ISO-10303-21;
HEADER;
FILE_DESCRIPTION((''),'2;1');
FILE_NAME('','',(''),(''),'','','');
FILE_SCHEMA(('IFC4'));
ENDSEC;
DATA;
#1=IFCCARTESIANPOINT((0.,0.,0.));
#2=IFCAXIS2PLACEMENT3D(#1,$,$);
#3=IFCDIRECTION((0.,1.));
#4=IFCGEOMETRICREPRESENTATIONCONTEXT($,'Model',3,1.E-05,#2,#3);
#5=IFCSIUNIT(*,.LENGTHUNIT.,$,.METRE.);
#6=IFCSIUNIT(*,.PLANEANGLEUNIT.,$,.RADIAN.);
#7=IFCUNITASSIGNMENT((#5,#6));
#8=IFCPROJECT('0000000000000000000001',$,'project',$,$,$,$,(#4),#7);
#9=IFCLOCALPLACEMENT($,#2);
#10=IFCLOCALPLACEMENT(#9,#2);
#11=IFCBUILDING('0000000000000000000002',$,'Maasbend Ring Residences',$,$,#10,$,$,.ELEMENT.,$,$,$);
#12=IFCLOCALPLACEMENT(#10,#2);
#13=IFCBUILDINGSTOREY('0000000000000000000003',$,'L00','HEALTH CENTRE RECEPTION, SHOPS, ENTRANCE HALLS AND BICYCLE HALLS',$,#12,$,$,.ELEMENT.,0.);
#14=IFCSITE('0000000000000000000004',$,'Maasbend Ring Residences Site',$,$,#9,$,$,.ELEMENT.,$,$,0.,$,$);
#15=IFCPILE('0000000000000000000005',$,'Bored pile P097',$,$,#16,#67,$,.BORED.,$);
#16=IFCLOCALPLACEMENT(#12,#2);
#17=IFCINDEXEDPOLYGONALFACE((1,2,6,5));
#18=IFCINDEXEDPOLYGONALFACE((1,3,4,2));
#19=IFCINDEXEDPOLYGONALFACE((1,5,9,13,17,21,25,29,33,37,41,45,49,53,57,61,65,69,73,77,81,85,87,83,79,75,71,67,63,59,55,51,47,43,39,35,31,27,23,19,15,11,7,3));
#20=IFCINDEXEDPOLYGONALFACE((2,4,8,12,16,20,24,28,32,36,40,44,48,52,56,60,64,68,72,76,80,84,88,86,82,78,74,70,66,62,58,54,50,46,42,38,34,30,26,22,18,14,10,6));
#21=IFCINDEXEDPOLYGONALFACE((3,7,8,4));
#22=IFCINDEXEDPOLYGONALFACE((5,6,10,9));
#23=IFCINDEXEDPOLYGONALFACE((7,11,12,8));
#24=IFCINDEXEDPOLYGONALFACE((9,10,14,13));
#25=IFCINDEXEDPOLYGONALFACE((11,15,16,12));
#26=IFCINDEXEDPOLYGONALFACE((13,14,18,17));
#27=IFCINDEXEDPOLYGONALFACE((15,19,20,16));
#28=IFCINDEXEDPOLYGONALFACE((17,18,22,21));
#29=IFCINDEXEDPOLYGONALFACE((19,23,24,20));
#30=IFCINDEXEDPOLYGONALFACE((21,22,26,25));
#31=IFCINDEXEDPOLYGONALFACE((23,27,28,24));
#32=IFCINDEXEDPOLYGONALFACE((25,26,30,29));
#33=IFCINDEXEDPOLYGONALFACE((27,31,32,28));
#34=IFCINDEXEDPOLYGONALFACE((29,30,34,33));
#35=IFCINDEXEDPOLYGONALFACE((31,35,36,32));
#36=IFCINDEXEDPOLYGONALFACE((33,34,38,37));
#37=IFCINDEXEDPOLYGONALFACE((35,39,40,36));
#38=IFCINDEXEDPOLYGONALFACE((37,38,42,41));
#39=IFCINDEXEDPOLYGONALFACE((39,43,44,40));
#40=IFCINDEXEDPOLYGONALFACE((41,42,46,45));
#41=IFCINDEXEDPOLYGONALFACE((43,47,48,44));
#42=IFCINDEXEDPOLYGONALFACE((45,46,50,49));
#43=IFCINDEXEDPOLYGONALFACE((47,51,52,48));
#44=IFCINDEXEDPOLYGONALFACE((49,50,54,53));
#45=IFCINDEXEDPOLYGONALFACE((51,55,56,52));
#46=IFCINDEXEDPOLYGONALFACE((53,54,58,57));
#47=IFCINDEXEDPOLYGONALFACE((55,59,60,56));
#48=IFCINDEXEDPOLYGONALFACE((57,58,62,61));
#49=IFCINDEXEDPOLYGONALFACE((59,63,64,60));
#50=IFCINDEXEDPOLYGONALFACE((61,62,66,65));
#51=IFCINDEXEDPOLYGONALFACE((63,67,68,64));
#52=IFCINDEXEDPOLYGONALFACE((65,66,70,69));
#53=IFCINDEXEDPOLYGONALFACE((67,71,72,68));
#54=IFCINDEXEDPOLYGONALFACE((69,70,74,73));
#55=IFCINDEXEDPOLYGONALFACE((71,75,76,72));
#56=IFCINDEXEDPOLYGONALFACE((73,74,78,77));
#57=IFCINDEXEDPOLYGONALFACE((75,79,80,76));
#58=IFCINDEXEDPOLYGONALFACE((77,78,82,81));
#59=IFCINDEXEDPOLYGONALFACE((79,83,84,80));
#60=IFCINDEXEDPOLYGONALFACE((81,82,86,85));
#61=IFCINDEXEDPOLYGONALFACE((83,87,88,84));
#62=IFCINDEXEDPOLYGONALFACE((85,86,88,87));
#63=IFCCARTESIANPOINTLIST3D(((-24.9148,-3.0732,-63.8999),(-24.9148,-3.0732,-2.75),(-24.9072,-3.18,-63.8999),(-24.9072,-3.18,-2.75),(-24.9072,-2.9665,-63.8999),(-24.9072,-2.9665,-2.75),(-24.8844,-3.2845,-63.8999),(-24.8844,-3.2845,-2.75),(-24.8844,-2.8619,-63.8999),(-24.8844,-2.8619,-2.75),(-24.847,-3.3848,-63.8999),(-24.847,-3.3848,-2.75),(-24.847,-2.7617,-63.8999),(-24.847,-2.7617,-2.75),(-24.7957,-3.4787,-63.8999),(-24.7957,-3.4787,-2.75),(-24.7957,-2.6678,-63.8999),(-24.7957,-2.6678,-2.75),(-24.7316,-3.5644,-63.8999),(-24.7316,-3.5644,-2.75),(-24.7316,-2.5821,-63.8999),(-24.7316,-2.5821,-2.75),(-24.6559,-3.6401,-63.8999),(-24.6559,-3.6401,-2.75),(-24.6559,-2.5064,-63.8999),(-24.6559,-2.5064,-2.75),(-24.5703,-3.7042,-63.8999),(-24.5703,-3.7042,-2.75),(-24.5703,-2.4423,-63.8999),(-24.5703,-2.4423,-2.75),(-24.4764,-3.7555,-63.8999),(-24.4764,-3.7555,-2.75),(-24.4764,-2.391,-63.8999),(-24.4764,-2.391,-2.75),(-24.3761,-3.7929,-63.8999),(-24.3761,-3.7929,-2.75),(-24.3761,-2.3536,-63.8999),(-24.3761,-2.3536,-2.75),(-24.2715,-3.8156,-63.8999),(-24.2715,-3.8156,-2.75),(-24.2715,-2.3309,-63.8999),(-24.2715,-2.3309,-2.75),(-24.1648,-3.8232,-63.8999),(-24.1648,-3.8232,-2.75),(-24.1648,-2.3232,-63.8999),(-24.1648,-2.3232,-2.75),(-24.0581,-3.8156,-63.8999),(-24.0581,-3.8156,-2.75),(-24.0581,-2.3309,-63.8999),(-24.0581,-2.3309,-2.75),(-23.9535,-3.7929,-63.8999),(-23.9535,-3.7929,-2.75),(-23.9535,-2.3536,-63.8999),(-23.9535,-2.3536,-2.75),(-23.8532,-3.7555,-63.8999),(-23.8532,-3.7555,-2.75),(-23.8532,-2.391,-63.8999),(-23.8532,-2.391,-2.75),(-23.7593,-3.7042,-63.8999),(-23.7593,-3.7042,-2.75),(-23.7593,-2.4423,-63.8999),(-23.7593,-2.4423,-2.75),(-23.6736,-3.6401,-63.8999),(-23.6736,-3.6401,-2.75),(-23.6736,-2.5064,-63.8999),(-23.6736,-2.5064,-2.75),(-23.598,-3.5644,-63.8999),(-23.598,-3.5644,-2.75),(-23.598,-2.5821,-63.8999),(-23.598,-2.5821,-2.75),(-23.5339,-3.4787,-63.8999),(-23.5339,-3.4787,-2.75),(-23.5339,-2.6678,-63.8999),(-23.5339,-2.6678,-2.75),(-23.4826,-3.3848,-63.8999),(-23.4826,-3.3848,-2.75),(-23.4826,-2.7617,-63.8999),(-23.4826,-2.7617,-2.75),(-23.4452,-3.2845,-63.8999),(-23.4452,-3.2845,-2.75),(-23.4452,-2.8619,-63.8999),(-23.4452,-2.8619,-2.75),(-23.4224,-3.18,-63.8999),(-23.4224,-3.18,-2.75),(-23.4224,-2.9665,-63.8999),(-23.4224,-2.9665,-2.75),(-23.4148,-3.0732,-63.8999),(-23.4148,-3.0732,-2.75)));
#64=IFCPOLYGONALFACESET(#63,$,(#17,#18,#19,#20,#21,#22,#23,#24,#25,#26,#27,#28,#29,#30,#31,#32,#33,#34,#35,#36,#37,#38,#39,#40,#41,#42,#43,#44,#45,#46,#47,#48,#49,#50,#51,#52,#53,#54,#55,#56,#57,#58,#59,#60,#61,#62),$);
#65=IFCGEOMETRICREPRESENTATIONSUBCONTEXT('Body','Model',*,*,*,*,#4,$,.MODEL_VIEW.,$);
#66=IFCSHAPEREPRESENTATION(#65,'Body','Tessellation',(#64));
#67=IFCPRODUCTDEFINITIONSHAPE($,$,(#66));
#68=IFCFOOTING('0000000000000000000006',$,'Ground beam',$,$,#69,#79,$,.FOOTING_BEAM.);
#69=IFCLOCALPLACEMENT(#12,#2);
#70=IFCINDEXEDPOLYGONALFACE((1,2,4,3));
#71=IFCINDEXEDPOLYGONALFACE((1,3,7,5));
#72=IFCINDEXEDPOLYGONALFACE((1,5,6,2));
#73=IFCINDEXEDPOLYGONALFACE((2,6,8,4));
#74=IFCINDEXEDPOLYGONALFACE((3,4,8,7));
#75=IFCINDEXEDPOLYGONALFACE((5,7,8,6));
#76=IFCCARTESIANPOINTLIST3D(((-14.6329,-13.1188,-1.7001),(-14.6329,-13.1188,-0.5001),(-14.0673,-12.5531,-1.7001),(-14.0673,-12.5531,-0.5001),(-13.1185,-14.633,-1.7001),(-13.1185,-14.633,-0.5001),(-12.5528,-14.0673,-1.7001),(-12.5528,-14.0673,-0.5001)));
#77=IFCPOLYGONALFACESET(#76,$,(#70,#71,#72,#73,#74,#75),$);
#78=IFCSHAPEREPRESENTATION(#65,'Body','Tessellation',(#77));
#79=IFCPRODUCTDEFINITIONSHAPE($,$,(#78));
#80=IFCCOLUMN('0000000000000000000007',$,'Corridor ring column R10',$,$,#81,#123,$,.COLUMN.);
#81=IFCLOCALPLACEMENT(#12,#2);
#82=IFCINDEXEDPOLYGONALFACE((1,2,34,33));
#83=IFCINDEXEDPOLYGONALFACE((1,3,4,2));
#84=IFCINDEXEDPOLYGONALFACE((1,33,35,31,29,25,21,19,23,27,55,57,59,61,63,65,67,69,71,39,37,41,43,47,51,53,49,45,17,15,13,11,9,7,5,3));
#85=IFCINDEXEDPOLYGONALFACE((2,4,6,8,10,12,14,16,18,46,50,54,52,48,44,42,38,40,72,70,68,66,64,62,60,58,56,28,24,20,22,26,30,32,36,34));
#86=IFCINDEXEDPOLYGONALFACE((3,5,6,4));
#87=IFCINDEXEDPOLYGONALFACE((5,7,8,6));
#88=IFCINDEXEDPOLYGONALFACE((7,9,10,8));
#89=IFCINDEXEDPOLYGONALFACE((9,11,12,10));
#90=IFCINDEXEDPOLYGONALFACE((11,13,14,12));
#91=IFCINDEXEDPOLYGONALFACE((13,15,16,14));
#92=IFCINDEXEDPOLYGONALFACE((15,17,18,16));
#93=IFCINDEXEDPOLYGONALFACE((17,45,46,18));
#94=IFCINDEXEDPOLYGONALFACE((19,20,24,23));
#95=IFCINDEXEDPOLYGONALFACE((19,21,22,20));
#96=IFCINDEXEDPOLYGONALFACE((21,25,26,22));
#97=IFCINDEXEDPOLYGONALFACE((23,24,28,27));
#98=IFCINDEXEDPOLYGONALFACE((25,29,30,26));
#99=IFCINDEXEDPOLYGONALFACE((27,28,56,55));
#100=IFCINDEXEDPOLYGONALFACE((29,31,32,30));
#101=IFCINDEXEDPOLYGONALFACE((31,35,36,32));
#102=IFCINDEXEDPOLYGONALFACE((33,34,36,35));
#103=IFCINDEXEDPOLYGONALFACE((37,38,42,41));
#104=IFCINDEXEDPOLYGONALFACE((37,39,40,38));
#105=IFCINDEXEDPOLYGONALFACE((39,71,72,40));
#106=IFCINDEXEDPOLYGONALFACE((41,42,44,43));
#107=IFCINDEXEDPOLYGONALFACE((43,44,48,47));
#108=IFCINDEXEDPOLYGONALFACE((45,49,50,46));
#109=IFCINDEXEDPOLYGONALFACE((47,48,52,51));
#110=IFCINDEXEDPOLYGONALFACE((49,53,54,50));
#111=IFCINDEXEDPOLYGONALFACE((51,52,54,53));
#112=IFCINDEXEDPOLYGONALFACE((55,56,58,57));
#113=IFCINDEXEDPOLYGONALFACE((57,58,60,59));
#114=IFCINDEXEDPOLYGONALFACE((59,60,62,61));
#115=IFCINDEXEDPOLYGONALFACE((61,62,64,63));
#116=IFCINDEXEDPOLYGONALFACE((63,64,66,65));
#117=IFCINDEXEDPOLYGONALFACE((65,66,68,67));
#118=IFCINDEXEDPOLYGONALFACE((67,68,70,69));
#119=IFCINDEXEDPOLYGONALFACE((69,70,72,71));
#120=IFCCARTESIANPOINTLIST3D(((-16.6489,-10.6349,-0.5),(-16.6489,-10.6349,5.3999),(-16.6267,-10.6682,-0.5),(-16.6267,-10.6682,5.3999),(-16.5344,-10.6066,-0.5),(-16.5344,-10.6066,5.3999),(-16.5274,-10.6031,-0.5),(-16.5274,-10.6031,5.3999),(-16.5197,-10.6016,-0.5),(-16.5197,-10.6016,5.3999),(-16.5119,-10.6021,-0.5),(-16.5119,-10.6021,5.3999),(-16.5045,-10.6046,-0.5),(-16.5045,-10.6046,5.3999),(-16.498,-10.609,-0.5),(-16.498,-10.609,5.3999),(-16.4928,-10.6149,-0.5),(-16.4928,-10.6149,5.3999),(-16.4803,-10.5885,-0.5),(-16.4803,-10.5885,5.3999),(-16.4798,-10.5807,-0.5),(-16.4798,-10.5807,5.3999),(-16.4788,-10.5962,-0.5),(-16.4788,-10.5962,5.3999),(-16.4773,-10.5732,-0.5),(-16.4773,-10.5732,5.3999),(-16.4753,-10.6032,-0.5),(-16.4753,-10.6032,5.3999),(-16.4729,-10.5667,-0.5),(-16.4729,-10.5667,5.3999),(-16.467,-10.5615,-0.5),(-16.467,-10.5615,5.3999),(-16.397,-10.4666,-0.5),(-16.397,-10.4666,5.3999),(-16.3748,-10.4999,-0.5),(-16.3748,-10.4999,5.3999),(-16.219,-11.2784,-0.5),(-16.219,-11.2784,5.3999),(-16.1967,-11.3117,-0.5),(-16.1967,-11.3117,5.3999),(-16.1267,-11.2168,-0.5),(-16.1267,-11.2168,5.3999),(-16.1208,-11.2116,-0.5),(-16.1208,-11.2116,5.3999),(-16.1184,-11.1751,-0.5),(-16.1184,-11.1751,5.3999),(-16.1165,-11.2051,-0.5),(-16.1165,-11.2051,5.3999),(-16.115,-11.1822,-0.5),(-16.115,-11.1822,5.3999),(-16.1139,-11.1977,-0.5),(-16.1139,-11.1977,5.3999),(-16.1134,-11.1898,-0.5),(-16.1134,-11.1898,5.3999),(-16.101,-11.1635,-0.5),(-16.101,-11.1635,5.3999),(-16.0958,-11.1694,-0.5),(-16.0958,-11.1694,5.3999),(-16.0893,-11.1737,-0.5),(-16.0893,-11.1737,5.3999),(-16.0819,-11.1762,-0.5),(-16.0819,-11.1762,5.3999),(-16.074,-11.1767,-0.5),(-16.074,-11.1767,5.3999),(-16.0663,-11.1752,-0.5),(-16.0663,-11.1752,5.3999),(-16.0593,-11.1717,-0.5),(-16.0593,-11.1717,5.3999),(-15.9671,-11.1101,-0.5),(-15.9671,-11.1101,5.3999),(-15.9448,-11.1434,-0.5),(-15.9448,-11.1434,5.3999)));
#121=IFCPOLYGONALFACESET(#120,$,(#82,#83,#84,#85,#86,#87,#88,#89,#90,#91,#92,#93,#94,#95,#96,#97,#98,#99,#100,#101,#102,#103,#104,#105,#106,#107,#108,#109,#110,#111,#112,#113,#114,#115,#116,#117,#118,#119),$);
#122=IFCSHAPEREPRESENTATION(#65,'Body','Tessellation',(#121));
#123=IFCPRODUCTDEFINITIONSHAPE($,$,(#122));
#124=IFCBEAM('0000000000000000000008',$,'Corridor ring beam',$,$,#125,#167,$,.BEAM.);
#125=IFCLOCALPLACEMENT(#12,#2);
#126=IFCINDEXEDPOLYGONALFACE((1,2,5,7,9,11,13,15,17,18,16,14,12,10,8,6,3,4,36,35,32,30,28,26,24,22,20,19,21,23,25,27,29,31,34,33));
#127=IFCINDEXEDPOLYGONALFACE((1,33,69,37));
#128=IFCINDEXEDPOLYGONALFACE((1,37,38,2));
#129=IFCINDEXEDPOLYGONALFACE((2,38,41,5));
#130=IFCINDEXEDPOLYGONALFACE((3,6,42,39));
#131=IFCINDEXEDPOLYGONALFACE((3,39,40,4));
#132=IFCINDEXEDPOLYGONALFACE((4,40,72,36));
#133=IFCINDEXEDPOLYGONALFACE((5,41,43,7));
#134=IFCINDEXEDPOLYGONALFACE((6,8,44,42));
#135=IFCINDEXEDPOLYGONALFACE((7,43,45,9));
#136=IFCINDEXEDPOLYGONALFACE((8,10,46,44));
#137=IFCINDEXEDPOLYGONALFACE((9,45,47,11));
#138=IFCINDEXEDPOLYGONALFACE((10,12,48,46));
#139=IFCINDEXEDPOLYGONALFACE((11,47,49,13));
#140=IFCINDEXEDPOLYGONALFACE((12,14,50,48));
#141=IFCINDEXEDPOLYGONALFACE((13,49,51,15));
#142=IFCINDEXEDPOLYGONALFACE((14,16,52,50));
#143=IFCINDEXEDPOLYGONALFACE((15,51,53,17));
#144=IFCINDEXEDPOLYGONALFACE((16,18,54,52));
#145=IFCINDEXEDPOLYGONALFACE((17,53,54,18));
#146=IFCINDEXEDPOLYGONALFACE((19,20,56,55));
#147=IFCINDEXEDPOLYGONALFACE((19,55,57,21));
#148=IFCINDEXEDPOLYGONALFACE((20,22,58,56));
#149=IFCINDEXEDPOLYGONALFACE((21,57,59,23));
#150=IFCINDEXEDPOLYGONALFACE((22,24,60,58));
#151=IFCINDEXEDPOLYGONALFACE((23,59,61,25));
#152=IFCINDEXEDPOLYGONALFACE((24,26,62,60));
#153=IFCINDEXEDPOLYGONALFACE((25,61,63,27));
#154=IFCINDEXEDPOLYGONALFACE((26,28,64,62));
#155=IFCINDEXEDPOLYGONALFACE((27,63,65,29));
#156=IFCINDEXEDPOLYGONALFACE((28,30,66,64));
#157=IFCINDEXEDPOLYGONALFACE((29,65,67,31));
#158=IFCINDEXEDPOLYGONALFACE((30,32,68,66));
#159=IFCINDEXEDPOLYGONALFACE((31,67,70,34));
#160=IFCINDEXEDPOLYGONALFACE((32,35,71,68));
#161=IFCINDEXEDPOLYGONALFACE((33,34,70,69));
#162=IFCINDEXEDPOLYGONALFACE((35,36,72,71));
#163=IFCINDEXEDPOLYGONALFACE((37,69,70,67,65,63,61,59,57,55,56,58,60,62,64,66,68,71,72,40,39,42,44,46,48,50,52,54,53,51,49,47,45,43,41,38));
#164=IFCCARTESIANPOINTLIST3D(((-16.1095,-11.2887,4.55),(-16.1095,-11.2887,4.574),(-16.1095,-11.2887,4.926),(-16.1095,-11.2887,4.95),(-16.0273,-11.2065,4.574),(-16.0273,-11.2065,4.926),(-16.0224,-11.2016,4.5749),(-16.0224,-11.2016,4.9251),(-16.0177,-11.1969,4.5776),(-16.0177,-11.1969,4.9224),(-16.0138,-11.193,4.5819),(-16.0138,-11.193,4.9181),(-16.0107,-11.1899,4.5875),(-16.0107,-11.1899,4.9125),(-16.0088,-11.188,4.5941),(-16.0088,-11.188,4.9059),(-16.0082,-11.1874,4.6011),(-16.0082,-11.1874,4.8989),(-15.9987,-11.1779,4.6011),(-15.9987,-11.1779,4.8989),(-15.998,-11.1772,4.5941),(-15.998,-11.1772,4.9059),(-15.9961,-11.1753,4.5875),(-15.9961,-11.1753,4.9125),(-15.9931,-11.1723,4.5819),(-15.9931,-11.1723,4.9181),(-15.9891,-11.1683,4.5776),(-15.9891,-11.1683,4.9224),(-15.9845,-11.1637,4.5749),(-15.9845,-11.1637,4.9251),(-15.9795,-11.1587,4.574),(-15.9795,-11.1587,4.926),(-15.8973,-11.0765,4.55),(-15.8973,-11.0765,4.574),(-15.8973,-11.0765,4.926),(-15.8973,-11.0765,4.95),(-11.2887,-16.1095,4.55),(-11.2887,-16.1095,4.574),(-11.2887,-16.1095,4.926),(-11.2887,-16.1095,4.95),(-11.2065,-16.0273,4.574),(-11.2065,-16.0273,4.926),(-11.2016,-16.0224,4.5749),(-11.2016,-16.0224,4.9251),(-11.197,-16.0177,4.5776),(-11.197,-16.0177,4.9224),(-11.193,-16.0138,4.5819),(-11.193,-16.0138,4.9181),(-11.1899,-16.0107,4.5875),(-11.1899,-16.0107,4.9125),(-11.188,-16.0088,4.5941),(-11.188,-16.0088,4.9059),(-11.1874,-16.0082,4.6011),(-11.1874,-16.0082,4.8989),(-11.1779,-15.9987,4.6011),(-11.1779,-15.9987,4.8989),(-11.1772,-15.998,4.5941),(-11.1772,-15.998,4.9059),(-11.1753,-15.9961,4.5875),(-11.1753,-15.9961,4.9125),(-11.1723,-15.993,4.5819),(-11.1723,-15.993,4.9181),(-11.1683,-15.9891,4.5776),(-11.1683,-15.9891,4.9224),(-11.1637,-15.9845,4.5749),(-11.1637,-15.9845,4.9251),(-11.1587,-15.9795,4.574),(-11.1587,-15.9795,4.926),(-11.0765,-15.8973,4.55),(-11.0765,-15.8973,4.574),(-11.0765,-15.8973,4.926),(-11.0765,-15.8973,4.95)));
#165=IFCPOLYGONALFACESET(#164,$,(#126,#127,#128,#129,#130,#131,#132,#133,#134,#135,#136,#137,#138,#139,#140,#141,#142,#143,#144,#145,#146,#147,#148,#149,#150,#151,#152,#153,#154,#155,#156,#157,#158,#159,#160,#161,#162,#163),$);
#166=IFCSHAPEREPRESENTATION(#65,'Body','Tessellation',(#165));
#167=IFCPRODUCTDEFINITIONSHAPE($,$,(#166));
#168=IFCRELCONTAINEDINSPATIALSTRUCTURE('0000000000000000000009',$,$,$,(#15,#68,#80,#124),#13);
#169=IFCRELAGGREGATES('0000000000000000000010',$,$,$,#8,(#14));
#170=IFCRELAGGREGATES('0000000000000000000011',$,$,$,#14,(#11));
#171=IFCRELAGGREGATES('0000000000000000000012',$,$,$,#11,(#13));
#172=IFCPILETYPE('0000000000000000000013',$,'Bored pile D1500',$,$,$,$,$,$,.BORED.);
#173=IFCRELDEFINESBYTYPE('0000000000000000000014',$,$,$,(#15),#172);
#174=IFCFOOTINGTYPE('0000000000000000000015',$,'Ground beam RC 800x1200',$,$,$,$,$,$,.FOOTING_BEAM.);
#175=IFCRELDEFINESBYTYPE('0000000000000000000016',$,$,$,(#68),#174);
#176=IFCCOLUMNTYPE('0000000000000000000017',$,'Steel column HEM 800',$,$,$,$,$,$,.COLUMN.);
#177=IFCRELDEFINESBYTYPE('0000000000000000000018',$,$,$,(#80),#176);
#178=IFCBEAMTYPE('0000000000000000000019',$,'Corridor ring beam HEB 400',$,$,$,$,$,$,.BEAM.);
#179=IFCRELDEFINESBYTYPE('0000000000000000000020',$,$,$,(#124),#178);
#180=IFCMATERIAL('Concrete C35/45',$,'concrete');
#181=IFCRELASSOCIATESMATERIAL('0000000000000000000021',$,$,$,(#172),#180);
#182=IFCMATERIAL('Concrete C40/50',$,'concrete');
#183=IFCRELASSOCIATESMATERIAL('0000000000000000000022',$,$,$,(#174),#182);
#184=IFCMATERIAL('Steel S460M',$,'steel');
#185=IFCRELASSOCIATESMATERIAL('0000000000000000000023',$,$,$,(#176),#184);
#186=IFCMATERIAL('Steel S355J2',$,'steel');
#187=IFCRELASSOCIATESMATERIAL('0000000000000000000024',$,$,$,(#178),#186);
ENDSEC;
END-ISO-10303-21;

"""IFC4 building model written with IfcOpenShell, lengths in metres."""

from ifc_helpers import new_model, si_unit, direction, frame, origin, origin_2d, place, context, subcontext, project, spatial, rectangle, circle, i_section, extrude, material, material_profile, profile_set, type_object, element, save


model = new_model("IFC4")

# Units and contexts
model_context = context("Model", 3, precision=1e-05, world=origin(), true_north=direction((0.0, 1.0)))
body_context = subcontext(model_context, "Body", "Model", "MODEL_VIEW")
ifc_project = project(units=[si_unit("LENGTHUNIT", "METRE"), si_unit("PLANEANGLEUNIT", "RADIAN")], contexts=[model_context])

# Site, building, storey
site_placement = place(None, origin())
site = spatial("IfcSite", under=ifc_project, at=site_placement, Name="Maasbend Ring Residences Site", CompositionType="ELEMENT", RefElevation=0.0)
building_placement = place(site_placement, origin())
building = spatial("IfcBuilding", under=site, at=building_placement, Name="Maasbend Ring Residences", CompositionType="ELEMENT")
storey_placement = place(building_placement, origin())
storey = spatial("IfcBuildingStorey", under=building, at=storey_placement, Name="L00", Description="HEALTH CENTRE RECEPTION, SHOPS, ENTRANCE HALLS AND BICYCLE HALLS", CompositionType="ELEMENT", Elevation=0.0)

# Pile
ifc_material_1 = material(Name="Concrete C35/45", Category="concrete")
ifc_material_profile_1 = material_profile(ifc_material_1, circle(Radius=0.75, at=origin_2d()), Name="Bored pile D1500")
ifc_profile_set_1 = profile_set([ifc_material_profile_1], Name="Concrete C35/45")
pile_type = type_object("IfcPileType", Name="Bored pile D1500", PredefinedType="BORED", material=ifc_profile_set_1)
for number, where, z_axis, x_axis, name in (
    (1, (-24.1648, -3.0732, -2.75), (0.0, 0.0, -1.0), (1.0, 0.0, 0.0), "Bored pile P097"),
):
    element("IfcPile", number, at=place(storey_placement, frame(where, z_axis=z_axis, x_axis=x_axis)), inside=storey, type_object=pile_type, Name=name, PredefinedType="BORED", context=body_context, shape_type="SweptSolid", body=[
        extrude(circle(Radius=0.75, at=origin_2d()), origin(), (0.0, 0.0, 1.0), 61.1499),
    ])

# Footing
ifc_material_2 = material(Name="Concrete C40/50", Category="concrete")
ifc_material_profile_2 = material_profile(ifc_material_2, rectangle(XDim=0.8, YDim=1.2, at=origin_2d()), Name="Ground beam RC 800x1200")
ifc_profile_set_2 = profile_set([ifc_material_profile_2], Name="Concrete C40/50")
footing_type = type_object("IfcFootingType", Name="Ground beam RC 800x1200", PredefinedType="FOOTING_BEAM", material=ifc_profile_set_2)
footing_placement = place(storey_placement, frame((-14.3501, -12.8359, -1.1001), z_axis=(0.707164, -0.70705, 0.0), x_axis=(0.70705, 0.707164, 0.0)))
element("IfcFooting", 2, at=footing_placement, inside=storey, type_object=footing_type, Name="Ground beam", PredefinedType="FOOTING_BEAM", context=body_context, shape_type="SweptSolid", body=[
    extrude(rectangle(XDim=0.8, YDim=1.2, at=origin_2d()), origin(), (0.0, 0.0, 1.0), 2.1416),
])

# Column
ifc_material_3 = material(Name="Steel S460M", Category="steel")
ifc_material_profile_3 = material_profile(ifc_material_3, i_section(OverallWidth=0.303, OverallDepth=0.814, WebThickness=0.021, FlangeThickness=0.04, FilletRadius=0.03, at=origin_2d()), Name="HEM 800")
ifc_profile_set_3 = profile_set([ifc_material_profile_3], Name="Steel S460M")
column_type = type_object("IfcColumnType", Name="Steel column HEM 800", PredefinedType="COLUMN", material=ifc_profile_set_3)
column_placement = place(storey_placement, frame((-16.2969, -10.8892, -0.5), z_axis=(0.0, 0.0, 1.0), x_axis=(-0.83147, -0.55557, 0.0)))
element("IfcColumn", 3, at=column_placement, inside=storey, type_object=column_type, Name="Corridor ring column R10", PredefinedType="COLUMN", context=body_context, shape_type="SweptSolid", body=[
    extrude(i_section(OverallWidth=0.303, OverallDepth=0.814, WebThickness=0.021, FlangeThickness=0.04, FilletRadius=0.03, at=origin_2d()), origin(), (0.0, 0.0, 1.0), 5.8999),
])

# Beam
ifc_material_4 = material(Name="Steel S355J2", Category="steel")
ifc_material_profile_4 = material_profile(ifc_material_4, i_section(OverallWidth=0.3, OverallDepth=0.3999, WebThickness=0.0134, FlangeThickness=0.0239, FilletRadius=0.0271, at=origin_2d()), Name="HEB 400")
ifc_profile_set_4 = profile_set([ifc_material_profile_4], Name="Steel S355J2")
beam_type = type_object("IfcBeamType", Name="Corridor ring beam HEB 400", PredefinedType="BEAM", material=ifc_profile_set_4)
beam_placement = place(storey_placement, frame((-16.0034, -11.1826, 4.75), z_axis=(0.707107, -0.707107, 0.0), x_axis=(0.707107, 0.707107, 0.0)))
element("IfcBeam", 4, at=beam_placement, inside=storey, type_object=beam_type, Name="Corridor ring beam", PredefinedType="BEAM", context=body_context, shape_type="SweptSolid", body=[
    extrude(i_section(OverallWidth=0.3, OverallDepth=0.3999, WebThickness=0.0134, FlangeThickness=0.0239, FilletRadius=0.0271, at=origin_2d()), origin(), (0.0, 0.0, 1.0), 6.8176),
])

save(model, "model.ifc")
